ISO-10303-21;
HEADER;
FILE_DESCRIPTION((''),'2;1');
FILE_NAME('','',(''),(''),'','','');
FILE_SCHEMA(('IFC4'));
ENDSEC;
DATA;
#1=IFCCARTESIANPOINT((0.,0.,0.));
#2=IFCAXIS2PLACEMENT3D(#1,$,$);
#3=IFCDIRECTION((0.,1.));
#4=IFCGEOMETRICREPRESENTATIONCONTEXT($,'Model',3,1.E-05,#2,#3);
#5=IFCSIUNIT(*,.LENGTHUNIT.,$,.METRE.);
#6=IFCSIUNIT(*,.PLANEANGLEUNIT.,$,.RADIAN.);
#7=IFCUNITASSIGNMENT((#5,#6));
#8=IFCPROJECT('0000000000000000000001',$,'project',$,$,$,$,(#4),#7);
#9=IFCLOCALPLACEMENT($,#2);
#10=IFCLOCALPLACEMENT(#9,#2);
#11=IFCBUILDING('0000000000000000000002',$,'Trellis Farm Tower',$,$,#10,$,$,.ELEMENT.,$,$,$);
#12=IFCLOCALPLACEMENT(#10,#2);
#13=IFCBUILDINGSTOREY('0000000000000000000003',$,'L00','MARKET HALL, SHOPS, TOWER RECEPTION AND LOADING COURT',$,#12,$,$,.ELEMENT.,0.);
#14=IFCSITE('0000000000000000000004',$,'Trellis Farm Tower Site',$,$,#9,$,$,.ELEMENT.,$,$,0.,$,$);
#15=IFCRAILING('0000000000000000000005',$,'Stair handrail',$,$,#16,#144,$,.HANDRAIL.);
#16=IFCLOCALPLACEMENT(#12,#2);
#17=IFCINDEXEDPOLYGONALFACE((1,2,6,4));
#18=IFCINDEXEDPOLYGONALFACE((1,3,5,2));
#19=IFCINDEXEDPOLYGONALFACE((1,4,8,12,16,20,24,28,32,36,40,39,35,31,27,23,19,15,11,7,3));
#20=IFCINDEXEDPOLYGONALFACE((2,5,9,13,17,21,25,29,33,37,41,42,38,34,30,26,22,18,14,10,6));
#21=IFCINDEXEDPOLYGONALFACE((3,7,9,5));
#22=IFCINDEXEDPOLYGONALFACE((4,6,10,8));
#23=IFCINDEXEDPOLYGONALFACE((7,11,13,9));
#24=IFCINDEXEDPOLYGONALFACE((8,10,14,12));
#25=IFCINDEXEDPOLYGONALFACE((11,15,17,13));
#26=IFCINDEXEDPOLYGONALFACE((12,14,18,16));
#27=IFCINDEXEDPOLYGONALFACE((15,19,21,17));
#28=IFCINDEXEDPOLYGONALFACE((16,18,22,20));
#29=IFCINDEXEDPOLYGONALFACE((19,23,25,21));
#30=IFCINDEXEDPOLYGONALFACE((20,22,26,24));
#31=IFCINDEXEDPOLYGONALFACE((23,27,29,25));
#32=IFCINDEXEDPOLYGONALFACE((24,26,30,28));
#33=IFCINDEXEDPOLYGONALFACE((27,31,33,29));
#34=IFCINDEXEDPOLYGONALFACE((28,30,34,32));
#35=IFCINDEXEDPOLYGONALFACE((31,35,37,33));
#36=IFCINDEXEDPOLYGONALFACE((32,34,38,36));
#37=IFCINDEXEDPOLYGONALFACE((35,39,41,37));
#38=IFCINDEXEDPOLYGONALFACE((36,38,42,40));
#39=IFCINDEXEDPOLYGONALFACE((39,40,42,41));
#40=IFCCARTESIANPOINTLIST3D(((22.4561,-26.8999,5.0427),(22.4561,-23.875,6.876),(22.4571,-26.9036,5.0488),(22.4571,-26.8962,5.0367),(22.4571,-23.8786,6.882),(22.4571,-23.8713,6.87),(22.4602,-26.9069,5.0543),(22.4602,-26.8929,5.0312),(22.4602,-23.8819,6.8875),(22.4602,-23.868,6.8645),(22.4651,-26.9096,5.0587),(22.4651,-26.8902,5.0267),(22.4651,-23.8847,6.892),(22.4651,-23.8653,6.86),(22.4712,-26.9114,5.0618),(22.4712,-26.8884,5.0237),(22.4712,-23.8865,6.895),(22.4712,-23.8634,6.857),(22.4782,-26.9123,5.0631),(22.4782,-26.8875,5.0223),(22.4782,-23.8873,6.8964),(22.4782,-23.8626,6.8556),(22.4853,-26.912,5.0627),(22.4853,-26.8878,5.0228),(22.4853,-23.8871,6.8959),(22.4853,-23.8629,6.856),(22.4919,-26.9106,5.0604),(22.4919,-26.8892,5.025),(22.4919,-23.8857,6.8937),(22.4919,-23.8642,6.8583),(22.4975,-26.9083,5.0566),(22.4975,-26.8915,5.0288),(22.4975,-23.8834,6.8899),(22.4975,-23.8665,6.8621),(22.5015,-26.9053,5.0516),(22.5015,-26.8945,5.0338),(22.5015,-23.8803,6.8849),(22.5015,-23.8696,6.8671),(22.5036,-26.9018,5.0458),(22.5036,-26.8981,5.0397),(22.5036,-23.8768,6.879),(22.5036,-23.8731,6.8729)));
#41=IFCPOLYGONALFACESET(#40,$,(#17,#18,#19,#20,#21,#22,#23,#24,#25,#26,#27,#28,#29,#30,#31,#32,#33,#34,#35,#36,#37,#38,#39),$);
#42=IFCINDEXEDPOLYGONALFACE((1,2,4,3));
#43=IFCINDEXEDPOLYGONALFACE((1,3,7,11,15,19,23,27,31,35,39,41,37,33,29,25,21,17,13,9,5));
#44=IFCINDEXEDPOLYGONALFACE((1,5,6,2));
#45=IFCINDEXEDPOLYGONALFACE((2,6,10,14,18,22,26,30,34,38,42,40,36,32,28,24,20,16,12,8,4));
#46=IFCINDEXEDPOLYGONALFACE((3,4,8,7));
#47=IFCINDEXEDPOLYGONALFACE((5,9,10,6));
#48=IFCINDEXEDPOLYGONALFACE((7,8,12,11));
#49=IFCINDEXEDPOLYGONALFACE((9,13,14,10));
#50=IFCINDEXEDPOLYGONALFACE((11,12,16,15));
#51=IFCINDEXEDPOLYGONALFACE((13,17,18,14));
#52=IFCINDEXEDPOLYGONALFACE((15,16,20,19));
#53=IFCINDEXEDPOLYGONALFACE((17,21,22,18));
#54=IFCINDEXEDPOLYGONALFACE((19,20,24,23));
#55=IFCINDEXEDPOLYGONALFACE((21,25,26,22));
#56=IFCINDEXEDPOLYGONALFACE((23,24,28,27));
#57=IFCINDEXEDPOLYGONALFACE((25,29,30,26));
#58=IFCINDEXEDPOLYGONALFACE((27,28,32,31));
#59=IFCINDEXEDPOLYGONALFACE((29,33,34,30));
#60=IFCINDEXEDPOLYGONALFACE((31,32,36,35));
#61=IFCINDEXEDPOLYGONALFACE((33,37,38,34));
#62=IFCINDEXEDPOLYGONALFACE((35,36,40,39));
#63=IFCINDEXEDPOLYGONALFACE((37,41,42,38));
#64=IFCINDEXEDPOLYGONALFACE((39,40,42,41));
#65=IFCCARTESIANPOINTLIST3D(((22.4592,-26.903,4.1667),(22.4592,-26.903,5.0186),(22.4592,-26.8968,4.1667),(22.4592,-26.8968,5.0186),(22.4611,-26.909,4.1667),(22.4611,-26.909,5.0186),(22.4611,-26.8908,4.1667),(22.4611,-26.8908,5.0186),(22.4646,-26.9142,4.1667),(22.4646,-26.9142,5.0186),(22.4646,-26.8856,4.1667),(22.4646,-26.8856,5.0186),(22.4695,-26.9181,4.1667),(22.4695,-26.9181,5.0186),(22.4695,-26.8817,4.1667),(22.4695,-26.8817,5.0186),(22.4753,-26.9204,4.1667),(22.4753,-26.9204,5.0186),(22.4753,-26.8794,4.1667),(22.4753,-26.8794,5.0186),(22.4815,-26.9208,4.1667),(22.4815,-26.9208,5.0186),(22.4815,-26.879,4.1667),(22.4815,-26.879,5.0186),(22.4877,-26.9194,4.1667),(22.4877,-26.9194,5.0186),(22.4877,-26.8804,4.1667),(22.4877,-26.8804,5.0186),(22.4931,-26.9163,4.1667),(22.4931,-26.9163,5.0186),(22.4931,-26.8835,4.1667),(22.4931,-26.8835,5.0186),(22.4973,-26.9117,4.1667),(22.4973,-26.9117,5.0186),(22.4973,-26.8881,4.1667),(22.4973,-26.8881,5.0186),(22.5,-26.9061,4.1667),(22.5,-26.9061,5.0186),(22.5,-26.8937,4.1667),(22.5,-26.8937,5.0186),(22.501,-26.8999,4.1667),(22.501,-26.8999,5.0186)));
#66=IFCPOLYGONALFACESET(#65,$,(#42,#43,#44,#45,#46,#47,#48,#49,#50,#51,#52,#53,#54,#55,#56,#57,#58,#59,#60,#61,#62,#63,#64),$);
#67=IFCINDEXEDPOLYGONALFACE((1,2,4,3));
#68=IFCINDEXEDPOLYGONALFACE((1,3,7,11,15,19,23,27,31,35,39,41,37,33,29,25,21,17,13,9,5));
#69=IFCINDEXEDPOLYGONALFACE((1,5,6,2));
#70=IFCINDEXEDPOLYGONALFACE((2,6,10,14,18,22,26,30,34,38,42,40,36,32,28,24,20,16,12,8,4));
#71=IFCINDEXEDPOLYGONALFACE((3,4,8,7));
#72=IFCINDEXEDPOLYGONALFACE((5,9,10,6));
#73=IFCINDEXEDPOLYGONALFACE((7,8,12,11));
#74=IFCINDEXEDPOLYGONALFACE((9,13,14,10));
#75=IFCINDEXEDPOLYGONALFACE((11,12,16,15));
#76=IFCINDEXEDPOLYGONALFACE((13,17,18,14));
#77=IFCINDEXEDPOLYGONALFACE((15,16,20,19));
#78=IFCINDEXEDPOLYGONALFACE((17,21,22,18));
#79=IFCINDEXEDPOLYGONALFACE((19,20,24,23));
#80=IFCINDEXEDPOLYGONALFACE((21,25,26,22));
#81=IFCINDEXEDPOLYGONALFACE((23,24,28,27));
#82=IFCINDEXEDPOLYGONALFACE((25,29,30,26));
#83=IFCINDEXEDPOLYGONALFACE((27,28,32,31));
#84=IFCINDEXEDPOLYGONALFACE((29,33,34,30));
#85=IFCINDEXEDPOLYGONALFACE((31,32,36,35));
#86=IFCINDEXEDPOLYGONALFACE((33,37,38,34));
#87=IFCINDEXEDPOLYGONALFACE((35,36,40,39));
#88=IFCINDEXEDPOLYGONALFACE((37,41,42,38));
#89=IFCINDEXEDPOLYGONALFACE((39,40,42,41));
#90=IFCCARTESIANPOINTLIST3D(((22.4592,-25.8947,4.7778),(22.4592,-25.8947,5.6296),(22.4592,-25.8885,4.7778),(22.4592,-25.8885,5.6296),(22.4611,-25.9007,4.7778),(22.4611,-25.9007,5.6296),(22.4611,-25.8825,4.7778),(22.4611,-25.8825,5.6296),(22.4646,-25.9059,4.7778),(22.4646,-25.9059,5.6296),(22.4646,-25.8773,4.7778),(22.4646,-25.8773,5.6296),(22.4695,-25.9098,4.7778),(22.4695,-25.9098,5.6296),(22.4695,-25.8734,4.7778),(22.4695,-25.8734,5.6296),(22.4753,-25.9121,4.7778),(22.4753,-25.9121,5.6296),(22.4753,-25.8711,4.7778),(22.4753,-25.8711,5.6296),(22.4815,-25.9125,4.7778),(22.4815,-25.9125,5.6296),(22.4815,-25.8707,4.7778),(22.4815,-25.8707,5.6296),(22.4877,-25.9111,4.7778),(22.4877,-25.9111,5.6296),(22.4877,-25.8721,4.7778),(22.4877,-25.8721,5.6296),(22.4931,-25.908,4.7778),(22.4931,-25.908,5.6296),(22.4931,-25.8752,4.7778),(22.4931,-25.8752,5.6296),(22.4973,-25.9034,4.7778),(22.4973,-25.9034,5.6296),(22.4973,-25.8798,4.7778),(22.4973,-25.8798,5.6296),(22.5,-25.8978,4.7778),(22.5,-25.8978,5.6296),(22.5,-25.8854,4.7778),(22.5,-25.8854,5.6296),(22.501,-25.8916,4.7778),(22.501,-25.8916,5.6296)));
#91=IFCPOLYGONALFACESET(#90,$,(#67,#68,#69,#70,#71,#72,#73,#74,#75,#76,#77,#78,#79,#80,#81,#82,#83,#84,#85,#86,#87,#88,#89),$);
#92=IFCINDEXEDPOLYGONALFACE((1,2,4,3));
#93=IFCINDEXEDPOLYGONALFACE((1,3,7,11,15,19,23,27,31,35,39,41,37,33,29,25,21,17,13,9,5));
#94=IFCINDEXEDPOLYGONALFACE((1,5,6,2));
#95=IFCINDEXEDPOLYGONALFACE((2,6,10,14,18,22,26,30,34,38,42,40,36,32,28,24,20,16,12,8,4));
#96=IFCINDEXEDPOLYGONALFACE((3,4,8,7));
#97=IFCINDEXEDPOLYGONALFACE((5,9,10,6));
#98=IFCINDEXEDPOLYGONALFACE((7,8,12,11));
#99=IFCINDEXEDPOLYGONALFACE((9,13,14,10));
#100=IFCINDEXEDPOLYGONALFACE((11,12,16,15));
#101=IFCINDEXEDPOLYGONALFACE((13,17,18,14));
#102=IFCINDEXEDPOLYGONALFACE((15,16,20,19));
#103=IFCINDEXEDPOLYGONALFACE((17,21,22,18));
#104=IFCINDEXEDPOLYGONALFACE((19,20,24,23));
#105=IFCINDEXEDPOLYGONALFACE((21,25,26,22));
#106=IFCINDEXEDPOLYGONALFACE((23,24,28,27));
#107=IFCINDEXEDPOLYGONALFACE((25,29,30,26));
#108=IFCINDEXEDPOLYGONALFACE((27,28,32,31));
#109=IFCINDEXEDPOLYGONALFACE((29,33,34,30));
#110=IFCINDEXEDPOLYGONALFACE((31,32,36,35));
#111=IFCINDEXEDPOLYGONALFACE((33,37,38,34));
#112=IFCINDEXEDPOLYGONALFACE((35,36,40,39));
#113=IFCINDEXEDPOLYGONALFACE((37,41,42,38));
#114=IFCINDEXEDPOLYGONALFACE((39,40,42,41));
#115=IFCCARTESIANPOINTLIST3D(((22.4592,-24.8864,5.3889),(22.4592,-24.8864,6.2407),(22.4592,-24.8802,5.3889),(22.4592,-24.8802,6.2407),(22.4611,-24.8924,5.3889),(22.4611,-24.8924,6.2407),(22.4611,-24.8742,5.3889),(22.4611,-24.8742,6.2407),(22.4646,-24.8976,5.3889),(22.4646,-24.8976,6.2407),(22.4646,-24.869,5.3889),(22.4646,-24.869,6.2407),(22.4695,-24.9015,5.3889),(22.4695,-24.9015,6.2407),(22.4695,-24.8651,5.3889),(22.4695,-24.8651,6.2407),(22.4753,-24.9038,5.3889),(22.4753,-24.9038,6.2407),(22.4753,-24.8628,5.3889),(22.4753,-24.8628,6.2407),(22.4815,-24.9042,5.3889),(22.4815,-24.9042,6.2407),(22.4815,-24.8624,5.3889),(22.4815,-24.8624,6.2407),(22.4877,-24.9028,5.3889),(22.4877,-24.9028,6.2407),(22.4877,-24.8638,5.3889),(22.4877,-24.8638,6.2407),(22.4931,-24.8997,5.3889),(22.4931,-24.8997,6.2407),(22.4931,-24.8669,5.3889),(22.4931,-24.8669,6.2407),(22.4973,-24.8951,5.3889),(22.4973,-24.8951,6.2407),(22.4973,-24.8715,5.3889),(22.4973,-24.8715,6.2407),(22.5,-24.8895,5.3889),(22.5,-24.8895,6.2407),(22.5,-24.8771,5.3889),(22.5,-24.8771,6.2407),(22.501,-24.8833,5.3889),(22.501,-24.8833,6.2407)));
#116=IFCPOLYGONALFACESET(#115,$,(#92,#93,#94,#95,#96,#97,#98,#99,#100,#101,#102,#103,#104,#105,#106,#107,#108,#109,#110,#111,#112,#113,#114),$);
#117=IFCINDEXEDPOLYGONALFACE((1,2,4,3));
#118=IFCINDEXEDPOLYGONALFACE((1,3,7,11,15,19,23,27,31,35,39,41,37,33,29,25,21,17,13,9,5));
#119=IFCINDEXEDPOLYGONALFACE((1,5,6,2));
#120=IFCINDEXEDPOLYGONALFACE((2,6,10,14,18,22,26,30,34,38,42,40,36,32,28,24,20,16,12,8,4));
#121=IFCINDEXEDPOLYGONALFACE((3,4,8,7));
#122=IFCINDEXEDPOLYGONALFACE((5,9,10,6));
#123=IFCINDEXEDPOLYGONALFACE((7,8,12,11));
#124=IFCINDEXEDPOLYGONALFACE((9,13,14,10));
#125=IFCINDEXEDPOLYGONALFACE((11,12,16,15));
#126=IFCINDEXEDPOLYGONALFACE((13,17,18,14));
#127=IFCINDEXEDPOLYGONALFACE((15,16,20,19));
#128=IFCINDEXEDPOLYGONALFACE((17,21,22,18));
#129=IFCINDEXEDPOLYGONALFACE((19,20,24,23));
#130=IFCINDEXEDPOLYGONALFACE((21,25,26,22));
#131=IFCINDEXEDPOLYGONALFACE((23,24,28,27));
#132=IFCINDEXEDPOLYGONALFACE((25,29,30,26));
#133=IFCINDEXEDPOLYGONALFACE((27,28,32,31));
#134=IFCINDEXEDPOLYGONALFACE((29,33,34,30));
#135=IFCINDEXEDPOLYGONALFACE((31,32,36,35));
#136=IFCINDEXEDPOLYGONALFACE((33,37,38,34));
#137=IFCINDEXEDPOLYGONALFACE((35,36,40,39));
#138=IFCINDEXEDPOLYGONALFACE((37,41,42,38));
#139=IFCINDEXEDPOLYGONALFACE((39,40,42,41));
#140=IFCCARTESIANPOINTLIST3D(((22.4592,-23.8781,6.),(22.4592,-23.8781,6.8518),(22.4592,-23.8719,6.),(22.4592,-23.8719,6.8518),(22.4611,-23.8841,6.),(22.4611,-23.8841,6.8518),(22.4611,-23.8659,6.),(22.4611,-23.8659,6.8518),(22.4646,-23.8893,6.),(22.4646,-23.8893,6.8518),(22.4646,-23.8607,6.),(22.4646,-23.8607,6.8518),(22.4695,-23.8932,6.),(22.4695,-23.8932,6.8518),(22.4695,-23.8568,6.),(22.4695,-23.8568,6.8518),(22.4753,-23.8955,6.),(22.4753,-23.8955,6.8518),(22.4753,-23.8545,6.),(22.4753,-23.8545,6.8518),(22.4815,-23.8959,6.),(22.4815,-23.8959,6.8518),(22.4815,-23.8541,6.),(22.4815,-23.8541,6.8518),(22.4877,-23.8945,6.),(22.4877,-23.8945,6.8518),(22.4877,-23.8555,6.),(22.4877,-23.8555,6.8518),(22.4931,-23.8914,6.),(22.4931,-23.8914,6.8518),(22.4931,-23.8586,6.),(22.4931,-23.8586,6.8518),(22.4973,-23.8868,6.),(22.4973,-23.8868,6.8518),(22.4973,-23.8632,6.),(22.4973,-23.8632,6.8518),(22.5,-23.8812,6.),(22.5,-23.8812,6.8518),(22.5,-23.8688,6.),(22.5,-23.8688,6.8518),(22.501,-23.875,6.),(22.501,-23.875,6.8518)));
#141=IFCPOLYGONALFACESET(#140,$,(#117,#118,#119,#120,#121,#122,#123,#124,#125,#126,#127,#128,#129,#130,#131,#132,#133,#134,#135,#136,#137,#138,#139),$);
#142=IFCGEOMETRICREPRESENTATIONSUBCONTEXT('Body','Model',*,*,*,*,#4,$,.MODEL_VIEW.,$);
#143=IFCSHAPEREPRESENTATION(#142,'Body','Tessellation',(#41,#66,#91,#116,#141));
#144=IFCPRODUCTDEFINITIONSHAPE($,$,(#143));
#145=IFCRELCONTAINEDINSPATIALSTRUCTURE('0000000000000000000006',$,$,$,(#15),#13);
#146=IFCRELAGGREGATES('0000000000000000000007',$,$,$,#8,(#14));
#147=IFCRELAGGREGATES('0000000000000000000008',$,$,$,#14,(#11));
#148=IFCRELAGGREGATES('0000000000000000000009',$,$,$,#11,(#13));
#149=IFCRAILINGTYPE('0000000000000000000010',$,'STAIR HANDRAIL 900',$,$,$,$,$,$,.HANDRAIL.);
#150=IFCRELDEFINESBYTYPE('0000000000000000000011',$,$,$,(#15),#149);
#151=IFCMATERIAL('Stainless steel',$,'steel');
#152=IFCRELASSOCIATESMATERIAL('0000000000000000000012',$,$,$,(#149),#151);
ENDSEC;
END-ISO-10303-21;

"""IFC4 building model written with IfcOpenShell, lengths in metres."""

from ifc_helpers import new_model, si_unit, direction, frame, origin, origin_2d, place, context, subcontext, project, spatial, circle, extrude, source, transform, mapped, material, type_object, element, save


model = new_model("IFC4")

# Units and contexts
model_context = context("Model", 3, precision=1e-05, world=origin(), true_north=direction((0.0, 1.0)))
body_context = subcontext(model_context, "Body", "Model", "MODEL_VIEW")
ifc_project = project(units=[si_unit("LENGTHUNIT", "METRE"), si_unit("PLANEANGLEUNIT", "RADIAN")], contexts=[model_context])

# Site, building, storey
site_placement = place(None, origin())
site = spatial("IfcSite", under=ifc_project, at=site_placement, Name="Trellis Farm Tower Site", CompositionType="ELEMENT", RefElevation=0.0)
building_placement = place(site_placement, origin())
building = spatial("IfcBuilding", under=site, at=building_placement, Name="Trellis Farm Tower", CompositionType="ELEMENT")
storey_placement = place(building_placement, origin())
storey = spatial("IfcBuildingStorey", under=building, at=storey_placement, Name="L00", Description="MARKET HALL, SHOPS, TOWER RECEPTION AND LOADING COURT", CompositionType="ELEMENT", Elevation=0.0)

# Railing
ifc_material_1 = material(Name="Stainless steel", Category="steel")
railing_type = type_object("IfcRailingType", Name="STAIR HANDRAIL 900", PredefinedType="HANDRAIL", material=ifc_material_1)
shared_shape_1 = source(origin(), body_context, "Body", "SweptSolid", [
    extrude(circle(Radius=0.0239, at=origin_2d()), frame((0.0, 0.0, 0.876), z_axis=(0.0, 0.855201, 0.518297), x_axis=(-1.0, 0.0, 0.0)), (0.0, 0.0, 1.0), 3.5371),
    extrude(circle(Radius=0.021, at=origin_2d()), origin(), (0.0, 0.0, 1.0), 0.8518),
    extrude(circle(Radius=0.021, at=origin_2d()), frame((0.0, 1.0083, 0.6111)), (0.0, 0.0, 1.0), 0.8518),
    extrude(circle(Radius=0.021, at=origin_2d()), frame((0.0, 2.0166, 1.2222)), (0.0, 0.0, 1.0), 0.8518),
    extrude(circle(Radius=0.021, at=origin_2d()), frame((0.0, 3.0249, 1.8333)), (0.0, 0.0, 1.0), 0.8518),
])
for number, where, name in (
    (1, (22.48, -26.8999, 4.1667), "Stair handrail"),
):
    element("IfcRailing", number, at=place(storey_placement, frame(where)), inside=storey, type_object=railing_type, Name=name, PredefinedType="HANDRAIL", context=body_context, shape_type="MappedRepresentation", body=[
        mapped(shared_shape_1, transform((0.0, 0.0, 0.0))),
    ])

save(model, "model.ifc")
